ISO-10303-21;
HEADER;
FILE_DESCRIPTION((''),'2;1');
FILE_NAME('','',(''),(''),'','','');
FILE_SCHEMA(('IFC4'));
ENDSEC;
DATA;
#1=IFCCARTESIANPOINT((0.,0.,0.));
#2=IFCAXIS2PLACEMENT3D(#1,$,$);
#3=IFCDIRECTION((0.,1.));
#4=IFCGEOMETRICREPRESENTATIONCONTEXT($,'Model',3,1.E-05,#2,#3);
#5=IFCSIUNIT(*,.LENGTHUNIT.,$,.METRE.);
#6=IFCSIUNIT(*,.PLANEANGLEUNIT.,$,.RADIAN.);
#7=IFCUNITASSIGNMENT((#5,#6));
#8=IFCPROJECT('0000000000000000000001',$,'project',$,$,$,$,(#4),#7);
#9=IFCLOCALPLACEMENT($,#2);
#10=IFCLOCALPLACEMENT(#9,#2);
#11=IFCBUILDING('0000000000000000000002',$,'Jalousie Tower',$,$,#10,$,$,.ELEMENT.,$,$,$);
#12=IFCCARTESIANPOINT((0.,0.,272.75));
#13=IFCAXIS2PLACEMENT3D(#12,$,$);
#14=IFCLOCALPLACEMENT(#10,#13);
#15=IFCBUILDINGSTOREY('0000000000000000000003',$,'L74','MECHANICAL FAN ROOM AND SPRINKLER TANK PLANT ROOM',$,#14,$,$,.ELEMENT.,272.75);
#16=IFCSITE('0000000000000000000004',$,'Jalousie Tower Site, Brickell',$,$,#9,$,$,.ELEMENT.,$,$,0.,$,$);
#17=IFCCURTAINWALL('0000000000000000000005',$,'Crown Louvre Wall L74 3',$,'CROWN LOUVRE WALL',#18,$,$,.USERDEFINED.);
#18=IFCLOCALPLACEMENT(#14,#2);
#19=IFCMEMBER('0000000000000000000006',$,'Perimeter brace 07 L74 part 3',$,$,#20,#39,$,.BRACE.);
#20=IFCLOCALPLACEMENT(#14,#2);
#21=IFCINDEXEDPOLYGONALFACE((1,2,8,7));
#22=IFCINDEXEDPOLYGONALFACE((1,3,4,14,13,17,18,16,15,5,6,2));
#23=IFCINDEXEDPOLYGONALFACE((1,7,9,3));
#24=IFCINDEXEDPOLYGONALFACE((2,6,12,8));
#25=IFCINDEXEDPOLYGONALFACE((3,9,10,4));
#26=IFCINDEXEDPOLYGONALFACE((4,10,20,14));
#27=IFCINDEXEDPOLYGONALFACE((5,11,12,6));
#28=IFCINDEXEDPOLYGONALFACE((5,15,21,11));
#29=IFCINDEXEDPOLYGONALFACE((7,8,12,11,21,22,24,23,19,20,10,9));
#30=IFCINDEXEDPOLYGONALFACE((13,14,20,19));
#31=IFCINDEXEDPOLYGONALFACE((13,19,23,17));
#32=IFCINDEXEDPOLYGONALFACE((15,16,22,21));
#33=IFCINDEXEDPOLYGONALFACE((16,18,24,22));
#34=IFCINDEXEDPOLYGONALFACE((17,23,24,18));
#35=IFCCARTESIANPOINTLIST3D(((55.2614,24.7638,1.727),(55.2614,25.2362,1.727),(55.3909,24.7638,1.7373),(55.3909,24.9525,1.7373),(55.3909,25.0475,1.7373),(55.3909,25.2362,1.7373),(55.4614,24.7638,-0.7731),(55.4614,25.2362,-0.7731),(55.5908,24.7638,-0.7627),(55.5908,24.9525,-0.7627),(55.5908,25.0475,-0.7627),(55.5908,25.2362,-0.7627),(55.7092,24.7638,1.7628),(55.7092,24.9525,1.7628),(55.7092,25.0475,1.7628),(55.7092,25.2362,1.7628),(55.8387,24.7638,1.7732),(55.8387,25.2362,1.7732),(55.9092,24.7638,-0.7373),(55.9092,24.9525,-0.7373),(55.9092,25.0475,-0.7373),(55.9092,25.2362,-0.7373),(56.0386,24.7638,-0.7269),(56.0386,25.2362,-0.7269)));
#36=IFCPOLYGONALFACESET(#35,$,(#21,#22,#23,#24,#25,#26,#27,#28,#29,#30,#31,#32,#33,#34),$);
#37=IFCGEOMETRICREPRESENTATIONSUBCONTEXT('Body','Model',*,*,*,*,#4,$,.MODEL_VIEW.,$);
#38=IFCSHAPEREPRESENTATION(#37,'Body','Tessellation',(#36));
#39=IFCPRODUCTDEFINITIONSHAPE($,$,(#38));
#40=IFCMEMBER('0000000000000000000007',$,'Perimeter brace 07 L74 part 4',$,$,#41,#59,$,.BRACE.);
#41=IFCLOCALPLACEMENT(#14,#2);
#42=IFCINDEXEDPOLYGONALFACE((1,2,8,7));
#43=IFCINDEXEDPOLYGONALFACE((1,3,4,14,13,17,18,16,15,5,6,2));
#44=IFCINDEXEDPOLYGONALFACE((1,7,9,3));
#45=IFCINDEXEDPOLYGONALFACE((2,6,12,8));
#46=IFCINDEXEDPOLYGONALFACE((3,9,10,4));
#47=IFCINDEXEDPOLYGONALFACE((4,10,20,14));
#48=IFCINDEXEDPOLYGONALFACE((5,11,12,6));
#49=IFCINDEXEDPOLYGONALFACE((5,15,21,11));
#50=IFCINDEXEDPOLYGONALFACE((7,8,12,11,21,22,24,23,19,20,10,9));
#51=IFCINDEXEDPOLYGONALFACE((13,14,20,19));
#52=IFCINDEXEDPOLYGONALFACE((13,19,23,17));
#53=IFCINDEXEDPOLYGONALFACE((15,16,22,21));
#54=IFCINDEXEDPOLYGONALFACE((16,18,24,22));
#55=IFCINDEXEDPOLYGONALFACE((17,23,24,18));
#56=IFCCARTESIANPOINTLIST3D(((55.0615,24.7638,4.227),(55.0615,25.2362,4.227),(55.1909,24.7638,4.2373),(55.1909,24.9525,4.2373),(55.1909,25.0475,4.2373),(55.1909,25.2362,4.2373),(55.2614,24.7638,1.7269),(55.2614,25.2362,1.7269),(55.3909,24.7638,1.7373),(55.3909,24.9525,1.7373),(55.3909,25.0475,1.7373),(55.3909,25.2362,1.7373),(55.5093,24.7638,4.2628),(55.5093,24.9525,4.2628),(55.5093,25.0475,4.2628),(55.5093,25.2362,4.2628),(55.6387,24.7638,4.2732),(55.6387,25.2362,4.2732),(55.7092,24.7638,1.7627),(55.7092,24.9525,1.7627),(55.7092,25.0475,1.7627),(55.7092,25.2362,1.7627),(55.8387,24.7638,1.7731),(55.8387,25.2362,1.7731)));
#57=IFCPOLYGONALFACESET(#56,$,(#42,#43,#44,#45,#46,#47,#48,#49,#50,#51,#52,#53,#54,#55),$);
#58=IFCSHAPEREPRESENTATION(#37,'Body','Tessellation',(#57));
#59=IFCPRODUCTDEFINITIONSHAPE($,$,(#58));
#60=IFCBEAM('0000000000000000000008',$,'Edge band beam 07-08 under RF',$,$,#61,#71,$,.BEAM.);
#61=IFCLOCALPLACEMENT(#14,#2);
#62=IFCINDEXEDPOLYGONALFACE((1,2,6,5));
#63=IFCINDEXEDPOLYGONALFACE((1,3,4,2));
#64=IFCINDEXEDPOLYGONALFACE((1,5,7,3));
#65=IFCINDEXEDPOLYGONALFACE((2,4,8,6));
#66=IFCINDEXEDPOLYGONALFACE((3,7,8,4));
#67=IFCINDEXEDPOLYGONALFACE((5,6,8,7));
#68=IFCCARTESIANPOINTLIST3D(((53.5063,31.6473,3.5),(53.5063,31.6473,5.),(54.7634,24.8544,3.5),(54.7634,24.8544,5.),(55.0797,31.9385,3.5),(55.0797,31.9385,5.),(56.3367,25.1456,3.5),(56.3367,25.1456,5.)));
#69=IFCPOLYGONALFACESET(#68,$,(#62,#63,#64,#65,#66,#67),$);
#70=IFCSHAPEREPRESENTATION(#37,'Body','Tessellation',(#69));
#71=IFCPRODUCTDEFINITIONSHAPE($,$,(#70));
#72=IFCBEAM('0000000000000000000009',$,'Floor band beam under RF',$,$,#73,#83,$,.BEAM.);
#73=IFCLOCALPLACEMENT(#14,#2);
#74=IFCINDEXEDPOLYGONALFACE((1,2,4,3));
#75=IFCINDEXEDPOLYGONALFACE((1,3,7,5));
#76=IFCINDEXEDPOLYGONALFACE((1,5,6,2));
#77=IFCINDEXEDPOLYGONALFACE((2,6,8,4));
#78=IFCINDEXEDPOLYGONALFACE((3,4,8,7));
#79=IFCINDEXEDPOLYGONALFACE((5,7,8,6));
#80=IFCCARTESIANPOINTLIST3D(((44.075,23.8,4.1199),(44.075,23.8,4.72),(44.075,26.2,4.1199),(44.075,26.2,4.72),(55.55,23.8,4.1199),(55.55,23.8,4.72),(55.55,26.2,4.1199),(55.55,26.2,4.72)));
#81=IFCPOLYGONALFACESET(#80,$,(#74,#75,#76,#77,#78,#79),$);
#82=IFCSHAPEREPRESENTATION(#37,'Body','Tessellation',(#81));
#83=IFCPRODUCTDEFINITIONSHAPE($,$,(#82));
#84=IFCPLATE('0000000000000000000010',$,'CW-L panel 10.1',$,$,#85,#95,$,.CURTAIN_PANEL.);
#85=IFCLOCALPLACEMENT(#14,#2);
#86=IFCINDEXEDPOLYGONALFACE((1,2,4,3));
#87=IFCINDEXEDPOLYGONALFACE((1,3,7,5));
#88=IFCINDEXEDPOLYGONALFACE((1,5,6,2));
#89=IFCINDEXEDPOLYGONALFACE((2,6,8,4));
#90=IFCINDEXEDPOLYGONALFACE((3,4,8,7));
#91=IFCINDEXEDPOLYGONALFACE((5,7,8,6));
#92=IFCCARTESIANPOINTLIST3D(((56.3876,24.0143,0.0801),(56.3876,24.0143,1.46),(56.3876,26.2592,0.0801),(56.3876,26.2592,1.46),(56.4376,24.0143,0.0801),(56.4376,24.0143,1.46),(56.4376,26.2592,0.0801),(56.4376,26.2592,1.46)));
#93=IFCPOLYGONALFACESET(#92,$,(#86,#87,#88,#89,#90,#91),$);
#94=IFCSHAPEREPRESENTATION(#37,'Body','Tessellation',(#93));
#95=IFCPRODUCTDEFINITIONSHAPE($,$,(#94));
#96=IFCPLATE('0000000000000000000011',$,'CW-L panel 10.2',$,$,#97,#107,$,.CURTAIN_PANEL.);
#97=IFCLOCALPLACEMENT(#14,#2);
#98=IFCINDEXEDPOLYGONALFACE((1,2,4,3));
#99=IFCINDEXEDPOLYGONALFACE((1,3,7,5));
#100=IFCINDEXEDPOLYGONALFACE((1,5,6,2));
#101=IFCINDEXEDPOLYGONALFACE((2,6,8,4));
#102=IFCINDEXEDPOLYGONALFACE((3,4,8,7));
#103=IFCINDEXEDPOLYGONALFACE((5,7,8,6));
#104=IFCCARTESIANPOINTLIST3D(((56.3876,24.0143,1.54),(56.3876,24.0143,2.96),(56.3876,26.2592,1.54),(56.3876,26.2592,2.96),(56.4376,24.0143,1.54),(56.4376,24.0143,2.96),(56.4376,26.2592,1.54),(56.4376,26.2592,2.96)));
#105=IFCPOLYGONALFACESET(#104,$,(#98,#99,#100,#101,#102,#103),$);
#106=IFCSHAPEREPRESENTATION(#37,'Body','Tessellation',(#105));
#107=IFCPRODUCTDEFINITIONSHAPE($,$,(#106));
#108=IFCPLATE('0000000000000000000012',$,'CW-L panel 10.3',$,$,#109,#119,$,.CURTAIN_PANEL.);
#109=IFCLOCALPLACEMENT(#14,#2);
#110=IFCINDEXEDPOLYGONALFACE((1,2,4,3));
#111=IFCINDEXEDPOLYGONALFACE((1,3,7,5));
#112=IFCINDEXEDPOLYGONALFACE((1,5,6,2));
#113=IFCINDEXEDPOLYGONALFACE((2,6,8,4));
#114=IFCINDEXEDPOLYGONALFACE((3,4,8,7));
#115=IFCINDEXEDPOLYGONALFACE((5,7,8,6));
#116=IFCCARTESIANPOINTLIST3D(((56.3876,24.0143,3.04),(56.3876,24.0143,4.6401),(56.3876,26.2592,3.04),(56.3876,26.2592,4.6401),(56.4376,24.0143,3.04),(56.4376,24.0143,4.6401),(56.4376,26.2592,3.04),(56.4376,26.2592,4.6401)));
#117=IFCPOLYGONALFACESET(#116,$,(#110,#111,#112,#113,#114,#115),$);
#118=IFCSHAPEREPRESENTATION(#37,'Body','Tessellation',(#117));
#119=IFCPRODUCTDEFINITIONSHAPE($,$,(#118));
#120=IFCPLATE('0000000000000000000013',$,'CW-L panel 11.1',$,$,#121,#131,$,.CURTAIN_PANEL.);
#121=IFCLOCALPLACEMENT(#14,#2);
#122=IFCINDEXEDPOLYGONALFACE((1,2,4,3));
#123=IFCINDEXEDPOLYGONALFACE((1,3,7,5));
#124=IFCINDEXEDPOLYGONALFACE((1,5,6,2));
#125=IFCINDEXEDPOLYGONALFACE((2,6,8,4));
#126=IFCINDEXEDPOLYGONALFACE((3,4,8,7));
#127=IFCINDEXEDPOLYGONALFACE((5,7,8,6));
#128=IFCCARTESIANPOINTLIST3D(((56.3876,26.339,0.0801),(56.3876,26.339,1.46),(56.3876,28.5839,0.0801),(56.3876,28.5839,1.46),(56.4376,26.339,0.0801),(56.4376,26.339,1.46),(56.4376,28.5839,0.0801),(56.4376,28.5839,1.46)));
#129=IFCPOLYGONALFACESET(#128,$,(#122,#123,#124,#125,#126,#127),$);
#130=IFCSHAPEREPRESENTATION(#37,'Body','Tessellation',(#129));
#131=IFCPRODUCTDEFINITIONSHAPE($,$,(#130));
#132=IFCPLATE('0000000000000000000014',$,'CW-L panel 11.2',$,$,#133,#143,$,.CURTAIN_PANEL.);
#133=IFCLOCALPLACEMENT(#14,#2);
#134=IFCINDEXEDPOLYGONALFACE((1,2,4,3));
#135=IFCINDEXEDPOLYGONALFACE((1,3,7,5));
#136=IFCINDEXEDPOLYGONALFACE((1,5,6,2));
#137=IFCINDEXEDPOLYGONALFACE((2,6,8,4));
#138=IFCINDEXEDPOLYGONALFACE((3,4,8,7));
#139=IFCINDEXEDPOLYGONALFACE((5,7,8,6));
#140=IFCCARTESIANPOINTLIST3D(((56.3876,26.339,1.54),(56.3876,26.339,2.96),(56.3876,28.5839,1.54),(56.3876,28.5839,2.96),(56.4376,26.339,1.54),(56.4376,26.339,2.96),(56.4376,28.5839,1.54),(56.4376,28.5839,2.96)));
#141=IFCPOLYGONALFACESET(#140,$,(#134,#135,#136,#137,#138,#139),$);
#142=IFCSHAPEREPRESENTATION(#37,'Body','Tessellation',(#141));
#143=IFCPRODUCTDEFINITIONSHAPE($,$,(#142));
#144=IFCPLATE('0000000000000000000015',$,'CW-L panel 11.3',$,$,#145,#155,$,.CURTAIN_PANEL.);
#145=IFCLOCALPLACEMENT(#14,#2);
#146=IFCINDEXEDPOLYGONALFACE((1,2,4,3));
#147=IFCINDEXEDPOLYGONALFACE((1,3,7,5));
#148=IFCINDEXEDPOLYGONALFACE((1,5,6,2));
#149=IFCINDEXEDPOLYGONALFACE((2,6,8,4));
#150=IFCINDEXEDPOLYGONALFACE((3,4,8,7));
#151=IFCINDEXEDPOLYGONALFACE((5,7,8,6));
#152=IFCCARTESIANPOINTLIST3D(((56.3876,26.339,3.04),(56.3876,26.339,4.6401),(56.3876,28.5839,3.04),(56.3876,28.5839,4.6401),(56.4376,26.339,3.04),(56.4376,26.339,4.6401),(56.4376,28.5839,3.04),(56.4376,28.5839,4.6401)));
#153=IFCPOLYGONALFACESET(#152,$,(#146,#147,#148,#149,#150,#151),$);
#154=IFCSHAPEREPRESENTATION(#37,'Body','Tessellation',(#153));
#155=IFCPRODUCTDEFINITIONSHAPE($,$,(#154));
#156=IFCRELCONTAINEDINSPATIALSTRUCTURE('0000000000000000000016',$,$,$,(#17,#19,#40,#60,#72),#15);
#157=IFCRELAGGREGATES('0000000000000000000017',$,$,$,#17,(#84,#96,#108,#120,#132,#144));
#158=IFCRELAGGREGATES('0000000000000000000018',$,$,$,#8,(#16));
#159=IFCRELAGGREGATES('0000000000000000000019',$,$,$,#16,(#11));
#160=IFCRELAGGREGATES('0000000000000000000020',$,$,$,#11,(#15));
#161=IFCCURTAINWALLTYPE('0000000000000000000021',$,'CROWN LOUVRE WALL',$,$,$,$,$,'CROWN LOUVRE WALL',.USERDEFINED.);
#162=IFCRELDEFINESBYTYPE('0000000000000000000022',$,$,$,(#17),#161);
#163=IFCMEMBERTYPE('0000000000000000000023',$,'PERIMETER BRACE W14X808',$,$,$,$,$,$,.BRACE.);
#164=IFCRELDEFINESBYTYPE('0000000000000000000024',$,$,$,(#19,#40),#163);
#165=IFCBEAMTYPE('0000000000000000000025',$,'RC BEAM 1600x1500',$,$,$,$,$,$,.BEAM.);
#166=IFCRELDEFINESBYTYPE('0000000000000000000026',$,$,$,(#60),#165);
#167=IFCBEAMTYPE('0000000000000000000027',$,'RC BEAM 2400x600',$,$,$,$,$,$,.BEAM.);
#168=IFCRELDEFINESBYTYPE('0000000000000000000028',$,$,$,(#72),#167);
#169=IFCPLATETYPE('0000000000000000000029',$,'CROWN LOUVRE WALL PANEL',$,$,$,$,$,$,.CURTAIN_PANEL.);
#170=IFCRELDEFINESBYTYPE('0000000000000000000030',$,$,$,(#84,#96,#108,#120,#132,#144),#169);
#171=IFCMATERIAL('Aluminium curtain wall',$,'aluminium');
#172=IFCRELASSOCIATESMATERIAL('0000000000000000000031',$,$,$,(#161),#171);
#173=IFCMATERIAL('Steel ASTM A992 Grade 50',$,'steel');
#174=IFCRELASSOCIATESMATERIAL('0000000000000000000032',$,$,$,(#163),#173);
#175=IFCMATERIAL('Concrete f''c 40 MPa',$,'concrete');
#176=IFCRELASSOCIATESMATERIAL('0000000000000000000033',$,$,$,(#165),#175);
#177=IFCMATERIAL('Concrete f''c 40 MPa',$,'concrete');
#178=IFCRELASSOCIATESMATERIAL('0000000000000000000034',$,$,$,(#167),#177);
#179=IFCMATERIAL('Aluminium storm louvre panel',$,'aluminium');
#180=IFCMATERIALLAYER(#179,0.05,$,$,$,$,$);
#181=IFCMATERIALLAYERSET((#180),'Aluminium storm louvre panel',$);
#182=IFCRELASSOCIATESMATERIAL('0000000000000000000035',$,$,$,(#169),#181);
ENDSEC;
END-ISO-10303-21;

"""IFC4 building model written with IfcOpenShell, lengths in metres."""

from ifc_helpers import new_model, si_unit, direction, frame, origin, origin_2d, place, context, subcontext, project, spatial, rectangle, i_section, extrude, material, layer, layer_set, material_profile, profile_set, type_object, element, aggregate, save


model = new_model("IFC4")

# Units and contexts
model_context = context("Model", 3, precision=1e-05, world=origin(), true_north=direction((0.0, 1.0)))
body_context = subcontext(model_context, "Body", "Model", "MODEL_VIEW")
ifc_project = project(units=[si_unit("LENGTHUNIT", "METRE"), si_unit("PLANEANGLEUNIT", "RADIAN")], contexts=[model_context])

# Site, building, storey
site_placement = place(None, origin())
site = spatial("IfcSite", under=ifc_project, at=site_placement, Name="Jalousie Tower Site, Brickell", CompositionType="ELEMENT", RefElevation=0.0)
building_placement = place(site_placement, origin())
building = spatial("IfcBuilding", under=site, at=building_placement, Name="Jalousie Tower", CompositionType="ELEMENT")
storey_placement = place(building_placement, frame((0.0, 0.0, 272.75)))
storey = spatial("IfcBuildingStorey", under=building, at=storey_placement, Name="L74", Description="MECHANICAL FAN ROOM AND SPRINKLER TANK PLANT ROOM", CompositionType="ELEMENT", Elevation=272.75)

# Curtain wall
ifc_material_1 = material(Name="Aluminium curtain wall", Category="aluminium")
curtain_wall_type = type_object("IfcCurtainWallType", Name="CROWN LOUVRE WALL", ElementType="CROWN LOUVRE WALL", PredefinedType="USERDEFINED", material=ifc_material_1)
curtain_wall_placement = place(storey_placement, origin())
curtain_wall = element("IfcCurtainWall", 1, at=curtain_wall_placement, inside=storey, type_object=curtain_wall_type, Name="Crown Louvre Wall L74 3", ObjectType="CROWN LOUVRE WALL", PredefinedType="USERDEFINED")

# Members
ifc_material_2 = material(Name="Steel ASTM A992 Grade 50", Category="steel")
ifc_material_profile_1 = material_profile(ifc_material_2, i_section(OverallWidth=0.4724, OverallDepth=0.5791, WebThickness=0.095, FlangeThickness=0.1299, at=origin_2d()), Name="W14X808")
ifc_profile_set_1 = profile_set([ifc_material_profile_1], Name="Steel ASTM A992 Grade 50")
member_type_1 = type_object("IfcMemberType", Name="PERIMETER BRACE W14X808", PredefinedType="BRACE", material=ifc_profile_set_1)
for number, where, z_axis, x_axis, name in (
    (2, (55.75, 25.0, -0.75), (-0.079726, 0.0, 0.996817), (0.0, -1.0, 0.0), "Perimeter brace 07 L74 part 3"),
    (3, (55.55, 25.0, 1.75), (-0.079726, 0.0, 0.996817), (0.0, -1.0, 0.0), "Perimeter brace 07 L74 part 4"),
):
    element("IfcMember", number, at=place(storey_placement, frame(where, z_axis=z_axis, x_axis=x_axis)), inside=storey, type_object=member_type_1, Name=name, PredefinedType="BRACE", context=body_context, shape_type="SweptSolid", body=[
        extrude(i_section(OverallWidth=0.4724, OverallDepth=0.5791, WebThickness=0.095, FlangeThickness=0.1299, at=origin_2d()), origin(), (0.0, 0.0, 1.0), 2.5081),
    ])

# Beams
ifc_material_3 = material(Name="Concrete f'c 40 MPa", Category="concrete")
ifc_material_profile_2 = material_profile(ifc_material_3, rectangle(XDim=1.6001, YDim=1.5, at=origin_2d()), Name="RC 1600x1500")
ifc_profile_set_2 = profile_set([ifc_material_profile_2], Name="Concrete f'c 40 MPa")
beam_type_1 = type_object("IfcBeamType", Name="RC BEAM 1600x1500", PredefinedType="BEAM", material=ifc_profile_set_2)
beam_1_placement = place(storey_placement, frame((55.55, 25.0, 4.25), z_axis=(-0.181967, 0.983305, 0.0), x_axis=(-0.983305, -0.181967, 0.0)))
element("IfcBeam", 4, at=beam_1_placement, inside=storey, type_object=beam_type_1, Name="Edge band beam 07-08 under RF", PredefinedType="BEAM", context=body_context, shape_type="SweptSolid", body=[
    extrude(rectangle(XDim=1.6001, YDim=1.5, at=origin_2d()), origin(), (0.0, 0.0, 1.0), 6.9082),
])
ifc_material_4 = material(Name="Concrete f'c 40 MPa", Category="concrete")
ifc_material_profile_3 = material_profile(ifc_material_4, rectangle(XDim=2.3999, YDim=0.6001, at=origin_2d()), Name="RC 2400x600")
ifc_profile_set_3 = profile_set([ifc_material_profile_3], Name="Concrete f'c 40 MPa")
beam_type_2 = type_object("IfcBeamType", Name="RC BEAM 2400x600", PredefinedType="BEAM", material=ifc_profile_set_3)
beam_2_placement = place(storey_placement, frame((55.55, 25.0, 4.4199), z_axis=(-1.0, 0.0, 0.0), x_axis=(0.0, -1.0, 0.0)))
element("IfcBeam", 5, at=beam_2_placement, inside=storey, type_object=beam_type_2, Name="Floor band beam under RF", PredefinedType="BEAM", context=body_context, shape_type="SweptSolid", body=[
    extrude(rectangle(XDim=2.3999, YDim=0.6001, at=origin_2d()), origin(), (0.0, 0.0, 1.0), 11.4751),
])

# Plates
ifc_material_5 = material(Name="Aluminium storm louvre panel", Category="aluminium")
ifc_layer = layer(ifc_material_5, 0.05)
ifc_layer_set = layer_set([ifc_layer], Name="Aluminium storm louvre panel")
plate_type = type_object("IfcPlateType", Name="CROWN LOUVRE WALL PANEL", PredefinedType="CURTAIN_PANEL", material=ifc_layer_set)
plate_1_placement = place(storey_placement, frame((56.4126, 25.1367, 0.0801), z_axis=(0.0, 0.0, 1.0), x_axis=(0.0, 1.0, 0.0)))
plate_1 = element("IfcPlate", 6, at=plate_1_placement, type_object=plate_type, Name="CW-L panel 10.1", PredefinedType="CURTAIN_PANEL", context=body_context, shape_type="SweptSolid", body=[
    extrude(rectangle(XDim=2.2449, YDim=0.05, at=origin_2d()), origin(), (0.0, 0.0, 1.0), 1.3799),
])
plate_2_placement = place(storey_placement, frame((56.4126, 25.1367, 1.54), z_axis=(0.0, 0.0, 1.0), x_axis=(0.0, 1.0, 0.0)))
plate_2 = element("IfcPlate", 7, at=plate_2_placement, type_object=plate_type, Name="CW-L panel 10.2", PredefinedType="CURTAIN_PANEL", context=body_context, shape_type="SweptSolid", body=[
    extrude(rectangle(XDim=2.2449, YDim=0.05, at=origin_2d()), origin(), (0.0, 0.0, 1.0), 1.4199),
])
plate_3_placement = place(storey_placement, frame((56.4126, 25.1367, 3.04), z_axis=(0.0, 0.0, 1.0), x_axis=(0.0, 1.0, 0.0)))
plate_3 = element("IfcPlate", 8, at=plate_3_placement, type_object=plate_type, Name="CW-L panel 10.3", PredefinedType="CURTAIN_PANEL", context=body_context, shape_type="SweptSolid", body=[
    extrude(rectangle(XDim=2.2449, YDim=0.05, at=origin_2d()), origin(), (0.0, 0.0, 1.0), 1.6001),
])
plate_4_placement = place(storey_placement, frame((56.4126, 27.4614, 0.0801), z_axis=(0.0, 0.0, 1.0), x_axis=(0.0, 1.0, 0.0)))
plate_4 = element("IfcPlate", 9, at=plate_4_placement, type_object=plate_type, Name="CW-L panel 11.1", PredefinedType="CURTAIN_PANEL", context=body_context, shape_type="SweptSolid", body=[
    extrude(rectangle(XDim=2.2449, YDim=0.05, at=origin_2d()), origin(), (0.0, 0.0, 1.0), 1.3799),
])
plate_5_placement = place(storey_placement, frame((56.4126, 27.4614, 1.54), z_axis=(0.0, 0.0, 1.0), x_axis=(0.0, 1.0, 0.0)))
plate_5 = element("IfcPlate", 10, at=plate_5_placement, type_object=plate_type, Name="CW-L panel 11.2", PredefinedType="CURTAIN_PANEL", context=body_context, shape_type="SweptSolid", body=[
    extrude(rectangle(XDim=2.2449, YDim=0.05, at=origin_2d()), origin(), (0.0, 0.0, 1.0), 1.4199),
])
plate_6_placement = place(storey_placement, frame((56.4126, 27.4614, 3.04), z_axis=(0.0, 0.0, 1.0), x_axis=(0.0, 1.0, 0.0)))
plate_6 = element("IfcPlate", 11, at=plate_6_placement, type_object=plate_type, Name="CW-L panel 11.3", PredefinedType="CURTAIN_PANEL", context=body_context, shape_type="SweptSolid", body=[
    extrude(rectangle(XDim=2.2449, YDim=0.05, at=origin_2d()), origin(), (0.0, 0.0, 1.0), 1.6001),
])
aggregate(curtain_wall, [plate_1, plate_2, plate_3, plate_4, plate_5, plate_6])

save(model, "model.ifc")
